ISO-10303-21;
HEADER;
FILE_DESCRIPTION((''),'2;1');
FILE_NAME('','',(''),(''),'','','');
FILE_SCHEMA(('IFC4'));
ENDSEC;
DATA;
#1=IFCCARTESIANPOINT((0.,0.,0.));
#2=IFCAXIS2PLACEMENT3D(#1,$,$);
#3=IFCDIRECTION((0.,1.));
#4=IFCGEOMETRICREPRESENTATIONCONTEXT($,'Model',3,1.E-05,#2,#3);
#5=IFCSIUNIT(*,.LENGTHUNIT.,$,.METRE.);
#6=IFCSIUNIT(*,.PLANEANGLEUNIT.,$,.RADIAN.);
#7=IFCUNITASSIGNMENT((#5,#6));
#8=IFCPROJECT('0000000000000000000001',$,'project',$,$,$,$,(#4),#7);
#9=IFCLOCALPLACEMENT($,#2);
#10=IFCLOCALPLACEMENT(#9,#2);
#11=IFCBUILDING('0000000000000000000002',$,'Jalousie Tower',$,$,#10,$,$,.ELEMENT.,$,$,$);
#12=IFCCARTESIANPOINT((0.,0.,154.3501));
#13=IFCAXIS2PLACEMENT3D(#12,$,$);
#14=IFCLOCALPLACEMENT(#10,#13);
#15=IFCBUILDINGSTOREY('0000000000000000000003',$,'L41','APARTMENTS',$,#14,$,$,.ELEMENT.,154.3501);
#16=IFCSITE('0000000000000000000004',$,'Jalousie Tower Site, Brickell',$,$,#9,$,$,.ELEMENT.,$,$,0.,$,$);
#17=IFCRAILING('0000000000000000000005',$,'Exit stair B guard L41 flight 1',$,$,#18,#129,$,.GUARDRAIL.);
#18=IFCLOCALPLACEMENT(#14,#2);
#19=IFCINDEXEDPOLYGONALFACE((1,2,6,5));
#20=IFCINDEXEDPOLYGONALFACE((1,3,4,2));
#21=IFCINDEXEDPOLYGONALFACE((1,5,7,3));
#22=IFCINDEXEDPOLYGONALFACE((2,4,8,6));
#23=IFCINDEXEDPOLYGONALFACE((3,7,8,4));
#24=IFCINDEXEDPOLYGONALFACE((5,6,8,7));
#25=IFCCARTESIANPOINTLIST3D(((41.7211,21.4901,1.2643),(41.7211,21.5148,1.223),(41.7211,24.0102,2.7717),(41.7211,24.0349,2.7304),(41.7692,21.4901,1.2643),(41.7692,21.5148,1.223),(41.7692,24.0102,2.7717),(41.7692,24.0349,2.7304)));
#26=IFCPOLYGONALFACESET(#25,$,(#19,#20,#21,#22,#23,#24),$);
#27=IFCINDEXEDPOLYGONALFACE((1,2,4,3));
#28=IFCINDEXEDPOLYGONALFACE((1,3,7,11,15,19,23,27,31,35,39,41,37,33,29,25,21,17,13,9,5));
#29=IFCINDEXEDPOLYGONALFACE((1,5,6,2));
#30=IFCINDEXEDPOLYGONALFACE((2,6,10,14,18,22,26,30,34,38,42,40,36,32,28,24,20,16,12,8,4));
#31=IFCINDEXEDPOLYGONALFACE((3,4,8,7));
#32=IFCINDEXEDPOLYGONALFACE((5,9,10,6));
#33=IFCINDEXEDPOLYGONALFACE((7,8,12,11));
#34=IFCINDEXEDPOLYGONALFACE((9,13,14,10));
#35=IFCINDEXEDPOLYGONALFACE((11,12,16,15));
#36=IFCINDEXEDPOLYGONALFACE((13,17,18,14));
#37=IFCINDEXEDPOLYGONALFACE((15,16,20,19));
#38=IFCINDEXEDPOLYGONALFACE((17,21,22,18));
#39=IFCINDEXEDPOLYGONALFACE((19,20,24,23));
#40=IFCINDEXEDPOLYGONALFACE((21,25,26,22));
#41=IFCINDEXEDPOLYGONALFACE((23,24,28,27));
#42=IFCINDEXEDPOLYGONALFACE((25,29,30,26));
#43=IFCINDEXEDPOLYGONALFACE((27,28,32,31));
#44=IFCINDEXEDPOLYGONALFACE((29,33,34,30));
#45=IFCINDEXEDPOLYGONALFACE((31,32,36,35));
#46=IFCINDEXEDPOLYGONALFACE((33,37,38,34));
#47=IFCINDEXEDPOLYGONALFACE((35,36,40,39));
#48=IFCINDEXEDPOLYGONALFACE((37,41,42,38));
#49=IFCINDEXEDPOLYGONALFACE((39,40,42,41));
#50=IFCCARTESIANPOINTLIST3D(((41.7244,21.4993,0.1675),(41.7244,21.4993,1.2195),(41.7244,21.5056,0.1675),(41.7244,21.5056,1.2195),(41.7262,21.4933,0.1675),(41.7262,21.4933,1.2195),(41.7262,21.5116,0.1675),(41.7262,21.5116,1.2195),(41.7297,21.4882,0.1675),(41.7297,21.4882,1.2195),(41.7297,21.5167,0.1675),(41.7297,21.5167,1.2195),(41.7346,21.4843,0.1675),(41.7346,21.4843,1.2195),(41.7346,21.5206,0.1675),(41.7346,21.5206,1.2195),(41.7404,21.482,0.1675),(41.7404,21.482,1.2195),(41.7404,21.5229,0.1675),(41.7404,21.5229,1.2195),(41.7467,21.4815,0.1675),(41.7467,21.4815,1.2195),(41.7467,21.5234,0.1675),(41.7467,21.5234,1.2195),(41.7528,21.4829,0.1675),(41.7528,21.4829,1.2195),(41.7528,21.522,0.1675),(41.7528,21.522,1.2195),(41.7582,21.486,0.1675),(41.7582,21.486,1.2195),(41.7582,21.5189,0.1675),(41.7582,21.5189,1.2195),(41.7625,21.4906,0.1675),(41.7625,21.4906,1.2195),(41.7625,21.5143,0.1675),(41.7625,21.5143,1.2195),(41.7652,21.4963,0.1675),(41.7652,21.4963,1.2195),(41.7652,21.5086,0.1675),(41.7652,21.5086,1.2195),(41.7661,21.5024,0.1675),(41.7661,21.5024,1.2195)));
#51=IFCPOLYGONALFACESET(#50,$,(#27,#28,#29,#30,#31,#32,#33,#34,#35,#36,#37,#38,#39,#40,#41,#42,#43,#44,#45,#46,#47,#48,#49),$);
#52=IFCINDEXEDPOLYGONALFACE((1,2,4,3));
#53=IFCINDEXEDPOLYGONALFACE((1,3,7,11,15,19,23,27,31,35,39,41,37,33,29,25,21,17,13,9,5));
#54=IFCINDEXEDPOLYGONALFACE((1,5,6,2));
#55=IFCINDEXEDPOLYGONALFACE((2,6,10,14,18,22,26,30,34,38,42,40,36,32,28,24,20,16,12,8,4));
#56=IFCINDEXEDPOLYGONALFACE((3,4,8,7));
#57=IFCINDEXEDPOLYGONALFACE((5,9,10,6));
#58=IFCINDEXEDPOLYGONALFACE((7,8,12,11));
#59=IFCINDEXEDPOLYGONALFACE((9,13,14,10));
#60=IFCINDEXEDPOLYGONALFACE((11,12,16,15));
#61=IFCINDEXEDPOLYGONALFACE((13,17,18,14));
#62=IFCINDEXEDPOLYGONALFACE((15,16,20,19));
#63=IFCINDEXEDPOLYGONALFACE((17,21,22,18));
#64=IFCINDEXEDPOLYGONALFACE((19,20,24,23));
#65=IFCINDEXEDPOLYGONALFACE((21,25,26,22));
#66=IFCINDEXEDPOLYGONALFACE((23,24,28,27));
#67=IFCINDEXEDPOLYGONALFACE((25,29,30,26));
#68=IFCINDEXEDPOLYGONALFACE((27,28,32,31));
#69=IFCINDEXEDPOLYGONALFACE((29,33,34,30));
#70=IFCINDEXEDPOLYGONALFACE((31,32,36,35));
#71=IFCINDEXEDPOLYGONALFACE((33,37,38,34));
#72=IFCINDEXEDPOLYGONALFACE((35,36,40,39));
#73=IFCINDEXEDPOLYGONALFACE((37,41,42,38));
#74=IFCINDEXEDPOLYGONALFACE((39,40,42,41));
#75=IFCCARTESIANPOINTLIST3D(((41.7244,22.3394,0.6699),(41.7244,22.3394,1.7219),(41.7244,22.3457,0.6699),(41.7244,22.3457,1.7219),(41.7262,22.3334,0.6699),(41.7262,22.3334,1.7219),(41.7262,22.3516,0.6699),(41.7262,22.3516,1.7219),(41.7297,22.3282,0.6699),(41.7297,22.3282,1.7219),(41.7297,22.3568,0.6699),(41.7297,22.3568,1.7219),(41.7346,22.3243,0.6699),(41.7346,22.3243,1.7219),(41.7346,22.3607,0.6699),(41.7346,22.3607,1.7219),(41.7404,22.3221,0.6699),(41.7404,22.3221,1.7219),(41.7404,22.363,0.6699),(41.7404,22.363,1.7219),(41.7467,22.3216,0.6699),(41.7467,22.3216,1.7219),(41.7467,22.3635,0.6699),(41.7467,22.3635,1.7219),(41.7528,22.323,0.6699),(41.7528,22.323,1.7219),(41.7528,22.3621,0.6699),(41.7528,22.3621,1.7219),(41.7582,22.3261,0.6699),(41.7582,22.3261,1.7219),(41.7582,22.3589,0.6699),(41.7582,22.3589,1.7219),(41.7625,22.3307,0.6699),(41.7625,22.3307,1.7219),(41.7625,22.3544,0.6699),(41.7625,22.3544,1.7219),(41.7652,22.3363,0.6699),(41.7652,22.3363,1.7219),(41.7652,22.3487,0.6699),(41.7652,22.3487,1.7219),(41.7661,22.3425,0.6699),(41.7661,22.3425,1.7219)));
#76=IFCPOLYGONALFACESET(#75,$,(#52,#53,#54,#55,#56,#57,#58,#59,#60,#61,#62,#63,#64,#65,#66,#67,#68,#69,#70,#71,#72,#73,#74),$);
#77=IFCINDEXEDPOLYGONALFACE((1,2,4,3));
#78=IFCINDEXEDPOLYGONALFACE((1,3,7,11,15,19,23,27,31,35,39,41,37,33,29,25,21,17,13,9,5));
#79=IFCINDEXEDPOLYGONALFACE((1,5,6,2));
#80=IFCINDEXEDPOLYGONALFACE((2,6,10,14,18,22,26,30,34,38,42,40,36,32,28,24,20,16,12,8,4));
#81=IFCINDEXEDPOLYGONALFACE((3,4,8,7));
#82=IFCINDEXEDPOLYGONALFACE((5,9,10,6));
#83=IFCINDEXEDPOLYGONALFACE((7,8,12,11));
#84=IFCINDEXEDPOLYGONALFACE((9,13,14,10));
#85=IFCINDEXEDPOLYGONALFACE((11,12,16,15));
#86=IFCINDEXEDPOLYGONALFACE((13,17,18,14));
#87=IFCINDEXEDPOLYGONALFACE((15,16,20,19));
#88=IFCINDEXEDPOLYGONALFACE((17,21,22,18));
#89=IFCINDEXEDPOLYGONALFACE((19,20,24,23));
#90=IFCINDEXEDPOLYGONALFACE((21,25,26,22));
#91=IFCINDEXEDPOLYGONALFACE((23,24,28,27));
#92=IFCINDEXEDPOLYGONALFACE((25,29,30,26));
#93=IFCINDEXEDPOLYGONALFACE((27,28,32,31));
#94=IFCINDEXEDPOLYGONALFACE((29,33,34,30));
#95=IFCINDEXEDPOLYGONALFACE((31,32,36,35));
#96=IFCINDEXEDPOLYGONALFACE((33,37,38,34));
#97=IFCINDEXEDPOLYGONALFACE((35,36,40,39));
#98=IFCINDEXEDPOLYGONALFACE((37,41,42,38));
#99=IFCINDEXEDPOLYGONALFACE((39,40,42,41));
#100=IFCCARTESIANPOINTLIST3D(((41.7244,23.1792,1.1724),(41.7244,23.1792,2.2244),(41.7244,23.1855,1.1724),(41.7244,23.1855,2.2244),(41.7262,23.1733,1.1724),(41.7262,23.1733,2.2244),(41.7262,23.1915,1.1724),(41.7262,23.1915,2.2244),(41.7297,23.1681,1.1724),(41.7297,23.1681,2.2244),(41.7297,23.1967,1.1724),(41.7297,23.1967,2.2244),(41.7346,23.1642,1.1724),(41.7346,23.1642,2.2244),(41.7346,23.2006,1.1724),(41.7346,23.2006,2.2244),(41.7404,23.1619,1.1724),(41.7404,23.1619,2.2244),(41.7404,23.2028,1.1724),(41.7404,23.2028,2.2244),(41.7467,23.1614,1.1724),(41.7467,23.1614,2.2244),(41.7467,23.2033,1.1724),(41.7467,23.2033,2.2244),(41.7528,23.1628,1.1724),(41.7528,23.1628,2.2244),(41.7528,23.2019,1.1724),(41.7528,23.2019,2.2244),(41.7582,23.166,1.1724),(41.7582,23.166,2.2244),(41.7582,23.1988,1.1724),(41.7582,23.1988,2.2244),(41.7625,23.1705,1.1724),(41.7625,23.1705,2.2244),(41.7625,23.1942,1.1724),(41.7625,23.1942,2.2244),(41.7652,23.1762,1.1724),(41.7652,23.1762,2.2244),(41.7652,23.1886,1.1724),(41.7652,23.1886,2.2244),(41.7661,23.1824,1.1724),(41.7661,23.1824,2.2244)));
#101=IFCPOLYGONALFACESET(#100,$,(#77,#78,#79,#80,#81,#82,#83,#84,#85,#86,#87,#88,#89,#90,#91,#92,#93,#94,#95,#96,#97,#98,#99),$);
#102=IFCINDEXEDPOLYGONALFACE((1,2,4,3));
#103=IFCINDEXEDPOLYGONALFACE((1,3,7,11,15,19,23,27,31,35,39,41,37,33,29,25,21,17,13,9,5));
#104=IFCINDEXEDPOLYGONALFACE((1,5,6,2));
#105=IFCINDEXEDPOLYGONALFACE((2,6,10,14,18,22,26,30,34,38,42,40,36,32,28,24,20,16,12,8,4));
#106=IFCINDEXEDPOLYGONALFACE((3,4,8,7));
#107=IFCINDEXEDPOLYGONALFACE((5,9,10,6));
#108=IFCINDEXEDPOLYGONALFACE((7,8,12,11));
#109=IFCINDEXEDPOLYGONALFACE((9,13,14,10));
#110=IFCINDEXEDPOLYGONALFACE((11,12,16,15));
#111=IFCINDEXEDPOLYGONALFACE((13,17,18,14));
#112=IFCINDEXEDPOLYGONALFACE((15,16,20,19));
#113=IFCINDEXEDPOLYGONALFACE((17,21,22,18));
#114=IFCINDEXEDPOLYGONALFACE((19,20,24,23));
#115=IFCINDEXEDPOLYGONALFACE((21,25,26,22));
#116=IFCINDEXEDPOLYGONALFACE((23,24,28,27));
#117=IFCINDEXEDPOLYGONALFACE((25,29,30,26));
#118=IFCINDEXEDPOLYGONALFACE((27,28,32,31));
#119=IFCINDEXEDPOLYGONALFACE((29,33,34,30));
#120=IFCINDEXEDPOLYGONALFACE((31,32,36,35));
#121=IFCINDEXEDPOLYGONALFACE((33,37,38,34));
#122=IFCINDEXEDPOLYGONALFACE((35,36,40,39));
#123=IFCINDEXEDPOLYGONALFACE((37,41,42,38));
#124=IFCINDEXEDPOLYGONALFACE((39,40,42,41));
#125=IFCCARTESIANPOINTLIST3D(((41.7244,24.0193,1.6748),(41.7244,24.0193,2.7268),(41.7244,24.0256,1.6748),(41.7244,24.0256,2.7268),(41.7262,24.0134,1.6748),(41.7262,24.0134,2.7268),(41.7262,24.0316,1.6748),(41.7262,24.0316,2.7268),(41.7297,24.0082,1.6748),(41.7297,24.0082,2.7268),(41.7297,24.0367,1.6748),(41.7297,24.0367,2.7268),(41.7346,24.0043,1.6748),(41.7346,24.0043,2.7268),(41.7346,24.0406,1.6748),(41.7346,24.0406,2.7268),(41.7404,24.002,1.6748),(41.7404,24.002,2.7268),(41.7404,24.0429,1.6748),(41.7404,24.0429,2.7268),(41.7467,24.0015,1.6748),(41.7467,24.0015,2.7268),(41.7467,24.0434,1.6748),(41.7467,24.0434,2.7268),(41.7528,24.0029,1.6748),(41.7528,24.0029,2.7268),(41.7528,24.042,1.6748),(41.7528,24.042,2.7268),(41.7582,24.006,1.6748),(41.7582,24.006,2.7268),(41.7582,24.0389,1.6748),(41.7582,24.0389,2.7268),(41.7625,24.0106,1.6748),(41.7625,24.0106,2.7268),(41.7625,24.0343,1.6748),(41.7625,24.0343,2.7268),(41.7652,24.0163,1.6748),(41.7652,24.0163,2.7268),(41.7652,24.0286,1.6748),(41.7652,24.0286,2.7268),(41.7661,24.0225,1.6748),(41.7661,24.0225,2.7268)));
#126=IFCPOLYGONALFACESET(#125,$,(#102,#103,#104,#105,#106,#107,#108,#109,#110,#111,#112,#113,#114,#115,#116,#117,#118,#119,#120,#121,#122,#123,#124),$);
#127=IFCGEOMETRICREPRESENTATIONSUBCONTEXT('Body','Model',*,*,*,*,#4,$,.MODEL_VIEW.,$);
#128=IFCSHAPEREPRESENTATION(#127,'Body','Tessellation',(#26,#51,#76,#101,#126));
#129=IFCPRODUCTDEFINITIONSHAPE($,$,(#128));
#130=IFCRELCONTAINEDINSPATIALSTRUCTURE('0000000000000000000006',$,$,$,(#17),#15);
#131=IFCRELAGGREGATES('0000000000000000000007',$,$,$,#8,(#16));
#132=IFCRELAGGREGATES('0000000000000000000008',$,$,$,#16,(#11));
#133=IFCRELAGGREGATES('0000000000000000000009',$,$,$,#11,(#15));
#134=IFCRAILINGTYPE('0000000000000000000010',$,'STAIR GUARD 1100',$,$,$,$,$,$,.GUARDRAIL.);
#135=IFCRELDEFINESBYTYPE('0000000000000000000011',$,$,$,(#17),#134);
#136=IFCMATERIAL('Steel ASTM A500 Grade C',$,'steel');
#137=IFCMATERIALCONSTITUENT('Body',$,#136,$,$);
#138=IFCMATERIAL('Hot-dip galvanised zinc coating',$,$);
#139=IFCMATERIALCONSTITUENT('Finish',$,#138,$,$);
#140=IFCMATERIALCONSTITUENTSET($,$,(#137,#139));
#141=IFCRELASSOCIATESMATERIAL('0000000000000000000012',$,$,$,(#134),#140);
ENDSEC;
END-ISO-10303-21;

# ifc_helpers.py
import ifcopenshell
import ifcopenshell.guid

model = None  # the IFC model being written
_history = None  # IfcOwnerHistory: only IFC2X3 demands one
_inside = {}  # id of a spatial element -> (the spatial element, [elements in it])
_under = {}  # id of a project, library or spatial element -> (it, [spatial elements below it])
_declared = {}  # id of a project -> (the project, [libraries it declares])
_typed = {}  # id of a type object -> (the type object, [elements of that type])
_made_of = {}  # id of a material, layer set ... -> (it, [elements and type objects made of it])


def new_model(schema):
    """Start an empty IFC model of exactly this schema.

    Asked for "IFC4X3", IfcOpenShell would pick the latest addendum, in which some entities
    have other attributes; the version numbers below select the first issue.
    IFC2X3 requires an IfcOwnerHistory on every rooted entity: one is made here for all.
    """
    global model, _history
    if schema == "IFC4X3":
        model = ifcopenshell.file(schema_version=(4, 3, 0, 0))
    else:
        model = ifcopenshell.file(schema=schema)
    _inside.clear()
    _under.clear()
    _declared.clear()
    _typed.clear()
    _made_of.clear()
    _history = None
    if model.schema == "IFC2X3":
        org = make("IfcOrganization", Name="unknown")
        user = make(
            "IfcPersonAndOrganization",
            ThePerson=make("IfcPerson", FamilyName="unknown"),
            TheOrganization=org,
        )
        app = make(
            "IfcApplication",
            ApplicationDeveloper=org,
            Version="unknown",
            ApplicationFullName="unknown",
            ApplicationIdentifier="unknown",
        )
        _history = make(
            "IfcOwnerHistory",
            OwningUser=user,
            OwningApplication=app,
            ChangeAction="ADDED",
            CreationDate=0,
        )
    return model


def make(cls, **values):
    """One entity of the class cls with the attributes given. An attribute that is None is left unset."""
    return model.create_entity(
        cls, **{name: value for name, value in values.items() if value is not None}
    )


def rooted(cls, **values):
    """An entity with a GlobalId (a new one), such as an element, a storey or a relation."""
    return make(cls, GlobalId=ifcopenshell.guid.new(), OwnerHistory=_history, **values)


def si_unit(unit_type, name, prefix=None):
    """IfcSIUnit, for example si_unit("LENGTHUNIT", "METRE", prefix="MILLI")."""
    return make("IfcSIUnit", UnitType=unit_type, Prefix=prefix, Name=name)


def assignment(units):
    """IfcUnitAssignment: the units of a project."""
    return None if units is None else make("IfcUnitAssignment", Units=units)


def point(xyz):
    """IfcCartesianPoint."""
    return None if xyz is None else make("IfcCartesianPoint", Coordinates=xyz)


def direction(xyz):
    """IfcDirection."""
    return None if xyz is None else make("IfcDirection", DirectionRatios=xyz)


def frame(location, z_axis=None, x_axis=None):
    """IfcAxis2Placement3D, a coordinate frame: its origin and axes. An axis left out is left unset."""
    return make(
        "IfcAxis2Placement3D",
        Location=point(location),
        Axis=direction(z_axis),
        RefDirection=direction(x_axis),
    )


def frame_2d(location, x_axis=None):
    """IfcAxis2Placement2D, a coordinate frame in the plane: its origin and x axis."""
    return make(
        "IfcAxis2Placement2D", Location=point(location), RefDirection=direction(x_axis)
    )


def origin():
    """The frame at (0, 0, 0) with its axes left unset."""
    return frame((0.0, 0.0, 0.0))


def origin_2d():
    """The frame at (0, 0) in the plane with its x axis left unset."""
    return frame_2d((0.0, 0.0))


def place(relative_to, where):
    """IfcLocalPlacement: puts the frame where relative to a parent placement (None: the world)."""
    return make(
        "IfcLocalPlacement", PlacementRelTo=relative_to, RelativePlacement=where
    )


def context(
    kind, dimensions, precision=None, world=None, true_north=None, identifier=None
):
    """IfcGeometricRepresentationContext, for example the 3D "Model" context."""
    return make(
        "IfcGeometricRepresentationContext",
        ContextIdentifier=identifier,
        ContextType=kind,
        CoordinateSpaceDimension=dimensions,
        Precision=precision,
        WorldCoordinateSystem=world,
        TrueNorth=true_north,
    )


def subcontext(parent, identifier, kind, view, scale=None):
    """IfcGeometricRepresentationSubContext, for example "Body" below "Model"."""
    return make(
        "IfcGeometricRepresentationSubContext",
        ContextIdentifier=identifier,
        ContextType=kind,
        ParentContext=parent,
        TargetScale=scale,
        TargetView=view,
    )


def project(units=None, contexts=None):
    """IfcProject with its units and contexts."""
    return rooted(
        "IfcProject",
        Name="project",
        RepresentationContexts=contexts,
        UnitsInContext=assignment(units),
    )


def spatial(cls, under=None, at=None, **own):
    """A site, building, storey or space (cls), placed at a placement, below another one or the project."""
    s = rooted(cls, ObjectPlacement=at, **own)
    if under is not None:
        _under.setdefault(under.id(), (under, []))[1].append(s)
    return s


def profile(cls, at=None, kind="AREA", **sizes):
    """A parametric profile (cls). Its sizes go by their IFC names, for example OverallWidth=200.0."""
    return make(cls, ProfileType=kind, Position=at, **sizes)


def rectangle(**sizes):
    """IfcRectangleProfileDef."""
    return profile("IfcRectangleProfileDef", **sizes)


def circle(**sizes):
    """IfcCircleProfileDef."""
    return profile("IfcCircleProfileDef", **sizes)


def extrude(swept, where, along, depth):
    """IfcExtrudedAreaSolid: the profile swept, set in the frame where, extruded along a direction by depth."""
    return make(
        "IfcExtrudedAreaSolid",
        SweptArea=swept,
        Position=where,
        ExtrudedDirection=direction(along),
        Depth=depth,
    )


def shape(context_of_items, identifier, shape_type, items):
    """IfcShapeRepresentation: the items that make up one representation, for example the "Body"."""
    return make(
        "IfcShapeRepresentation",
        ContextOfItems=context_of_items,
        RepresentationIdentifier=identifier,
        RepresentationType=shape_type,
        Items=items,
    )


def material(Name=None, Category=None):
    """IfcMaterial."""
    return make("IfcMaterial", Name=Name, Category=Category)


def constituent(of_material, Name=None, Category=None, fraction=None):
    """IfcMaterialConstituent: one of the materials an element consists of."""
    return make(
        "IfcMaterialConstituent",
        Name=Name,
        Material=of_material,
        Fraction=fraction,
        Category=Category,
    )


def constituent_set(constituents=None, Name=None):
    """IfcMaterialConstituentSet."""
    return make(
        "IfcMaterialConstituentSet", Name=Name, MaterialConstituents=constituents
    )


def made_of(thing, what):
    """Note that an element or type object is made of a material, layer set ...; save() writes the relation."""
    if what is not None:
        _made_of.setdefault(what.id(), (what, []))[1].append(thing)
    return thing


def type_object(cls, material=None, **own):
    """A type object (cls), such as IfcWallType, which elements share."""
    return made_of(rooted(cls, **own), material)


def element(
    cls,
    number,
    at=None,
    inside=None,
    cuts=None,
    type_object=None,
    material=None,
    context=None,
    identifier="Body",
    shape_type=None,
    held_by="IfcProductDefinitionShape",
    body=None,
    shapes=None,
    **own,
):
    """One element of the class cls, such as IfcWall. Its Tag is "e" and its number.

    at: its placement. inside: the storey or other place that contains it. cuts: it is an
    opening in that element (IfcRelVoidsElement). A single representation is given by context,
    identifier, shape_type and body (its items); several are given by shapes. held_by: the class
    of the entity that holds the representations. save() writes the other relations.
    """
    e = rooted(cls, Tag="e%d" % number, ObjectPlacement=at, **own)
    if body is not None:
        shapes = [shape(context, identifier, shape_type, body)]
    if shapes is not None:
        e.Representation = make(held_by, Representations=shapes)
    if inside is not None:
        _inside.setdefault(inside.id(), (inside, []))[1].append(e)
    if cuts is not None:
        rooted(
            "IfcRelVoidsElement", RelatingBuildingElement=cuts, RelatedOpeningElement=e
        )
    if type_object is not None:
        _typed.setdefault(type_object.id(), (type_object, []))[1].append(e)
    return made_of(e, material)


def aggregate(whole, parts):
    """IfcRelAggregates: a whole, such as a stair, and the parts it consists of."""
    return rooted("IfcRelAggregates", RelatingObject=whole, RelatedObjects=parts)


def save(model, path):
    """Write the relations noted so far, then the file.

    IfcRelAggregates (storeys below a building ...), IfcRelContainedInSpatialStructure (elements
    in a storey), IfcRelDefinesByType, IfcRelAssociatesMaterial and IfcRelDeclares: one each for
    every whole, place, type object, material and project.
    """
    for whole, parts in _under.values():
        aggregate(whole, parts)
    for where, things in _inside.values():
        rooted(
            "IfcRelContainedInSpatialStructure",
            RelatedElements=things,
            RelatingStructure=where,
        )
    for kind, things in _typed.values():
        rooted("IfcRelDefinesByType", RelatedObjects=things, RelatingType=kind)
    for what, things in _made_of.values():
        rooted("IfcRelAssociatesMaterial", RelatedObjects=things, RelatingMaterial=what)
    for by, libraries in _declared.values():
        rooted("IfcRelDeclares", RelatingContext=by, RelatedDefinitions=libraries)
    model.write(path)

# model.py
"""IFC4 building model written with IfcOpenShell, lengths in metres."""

from ifc_helpers import new_model, si_unit, direction, frame, origin, origin_2d, place, context, subcontext, project, spatial, rectangle, circle, extrude, material, constituent, constituent_set, type_object, element, save


model = new_model("IFC4")

# Units and contexts
model_context = context("Model", 3, precision=1e-05, world=origin(), true_north=direction((0.0, 1.0)))
body_context = subcontext(model_context, "Body", "Model", "MODEL_VIEW")
ifc_project = project(units=[si_unit("LENGTHUNIT", "METRE"), si_unit("PLANEANGLEUNIT", "RADIAN")], contexts=[model_context])

# Site, building, storey
site_placement = place(None, origin())
site = spatial("IfcSite", under=ifc_project, at=site_placement, Name="Jalousie Tower Site, Brickell", CompositionType="ELEMENT", RefElevation=0.0)
building_placement = place(site_placement, origin())
building = spatial("IfcBuilding", under=site, at=building_placement, Name="Jalousie Tower", CompositionType="ELEMENT")
storey_placement = place(building_placement, frame((0.0, 0.0, 154.3501)))
storey = spatial("IfcBuildingStorey", under=building, at=storey_placement, Name="L41", Description="APARTMENTS", CompositionType="ELEMENT", Elevation=154.3501)

# Railing
ifc_material_1 = material(Name="Steel ASTM A500 Grade C", Category="steel")
ifc_constituent_1 = constituent(ifc_material_1, Name="Body")
ifc_material_2 = material(Name="Hot-dip galvanised zinc coating")
ifc_constituent_2 = constituent(ifc_material_2, Name="Finish")
ifc_constituent_set_1 = constituent_set(constituents=[ifc_constituent_1, ifc_constituent_2])
railing_type_1 = type_object("IfcRailingType", Name="STAIR GUARD 1100", PredefinedType="GUARDRAIL", material=ifc_constituent_set_1)
railing_1_placement = place(storey_placement, frame((41.7451, 21.5024, 0.1675)))
element("IfcRailing", 1, at=railing_1_placement, inside=storey, type_object=railing_type_1, Name="Exit stair B guard L41 flight 1", PredefinedType="GUARDRAIL", context=body_context, shape_type="SweptSolid", body=[
    extrude(rectangle(XDim=0.0481, YDim=0.0481, at=origin_2d()), frame((0.0, 0.0, 1.0762), z_axis=(0.0, 0.858196, 0.513321), x_axis=(-1.0, 0.0, 0.0)), (0.0, 0.0, 1.0), 2.9365),
    extrude(circle(Radius=0.021, at=origin_2d()), origin(), (0.0, 0.0, 1.0), 1.052),
    extrude(circle(Radius=0.021, at=origin_2d()), frame((0.0, 0.8401, 0.5024)), (0.0, 0.0, 1.0), 1.052),
    extrude(circle(Radius=0.021, at=origin_2d()), frame((0.0, 1.6799, 1.0049)), (0.0, 0.0, 1.0), 1.052),
    extrude(circle(Radius=0.021, at=origin_2d()), frame((0.0, 2.52, 1.5073)), (0.0, 0.0, 1.0), 1.052),
])

save(model, "model.ifc")
